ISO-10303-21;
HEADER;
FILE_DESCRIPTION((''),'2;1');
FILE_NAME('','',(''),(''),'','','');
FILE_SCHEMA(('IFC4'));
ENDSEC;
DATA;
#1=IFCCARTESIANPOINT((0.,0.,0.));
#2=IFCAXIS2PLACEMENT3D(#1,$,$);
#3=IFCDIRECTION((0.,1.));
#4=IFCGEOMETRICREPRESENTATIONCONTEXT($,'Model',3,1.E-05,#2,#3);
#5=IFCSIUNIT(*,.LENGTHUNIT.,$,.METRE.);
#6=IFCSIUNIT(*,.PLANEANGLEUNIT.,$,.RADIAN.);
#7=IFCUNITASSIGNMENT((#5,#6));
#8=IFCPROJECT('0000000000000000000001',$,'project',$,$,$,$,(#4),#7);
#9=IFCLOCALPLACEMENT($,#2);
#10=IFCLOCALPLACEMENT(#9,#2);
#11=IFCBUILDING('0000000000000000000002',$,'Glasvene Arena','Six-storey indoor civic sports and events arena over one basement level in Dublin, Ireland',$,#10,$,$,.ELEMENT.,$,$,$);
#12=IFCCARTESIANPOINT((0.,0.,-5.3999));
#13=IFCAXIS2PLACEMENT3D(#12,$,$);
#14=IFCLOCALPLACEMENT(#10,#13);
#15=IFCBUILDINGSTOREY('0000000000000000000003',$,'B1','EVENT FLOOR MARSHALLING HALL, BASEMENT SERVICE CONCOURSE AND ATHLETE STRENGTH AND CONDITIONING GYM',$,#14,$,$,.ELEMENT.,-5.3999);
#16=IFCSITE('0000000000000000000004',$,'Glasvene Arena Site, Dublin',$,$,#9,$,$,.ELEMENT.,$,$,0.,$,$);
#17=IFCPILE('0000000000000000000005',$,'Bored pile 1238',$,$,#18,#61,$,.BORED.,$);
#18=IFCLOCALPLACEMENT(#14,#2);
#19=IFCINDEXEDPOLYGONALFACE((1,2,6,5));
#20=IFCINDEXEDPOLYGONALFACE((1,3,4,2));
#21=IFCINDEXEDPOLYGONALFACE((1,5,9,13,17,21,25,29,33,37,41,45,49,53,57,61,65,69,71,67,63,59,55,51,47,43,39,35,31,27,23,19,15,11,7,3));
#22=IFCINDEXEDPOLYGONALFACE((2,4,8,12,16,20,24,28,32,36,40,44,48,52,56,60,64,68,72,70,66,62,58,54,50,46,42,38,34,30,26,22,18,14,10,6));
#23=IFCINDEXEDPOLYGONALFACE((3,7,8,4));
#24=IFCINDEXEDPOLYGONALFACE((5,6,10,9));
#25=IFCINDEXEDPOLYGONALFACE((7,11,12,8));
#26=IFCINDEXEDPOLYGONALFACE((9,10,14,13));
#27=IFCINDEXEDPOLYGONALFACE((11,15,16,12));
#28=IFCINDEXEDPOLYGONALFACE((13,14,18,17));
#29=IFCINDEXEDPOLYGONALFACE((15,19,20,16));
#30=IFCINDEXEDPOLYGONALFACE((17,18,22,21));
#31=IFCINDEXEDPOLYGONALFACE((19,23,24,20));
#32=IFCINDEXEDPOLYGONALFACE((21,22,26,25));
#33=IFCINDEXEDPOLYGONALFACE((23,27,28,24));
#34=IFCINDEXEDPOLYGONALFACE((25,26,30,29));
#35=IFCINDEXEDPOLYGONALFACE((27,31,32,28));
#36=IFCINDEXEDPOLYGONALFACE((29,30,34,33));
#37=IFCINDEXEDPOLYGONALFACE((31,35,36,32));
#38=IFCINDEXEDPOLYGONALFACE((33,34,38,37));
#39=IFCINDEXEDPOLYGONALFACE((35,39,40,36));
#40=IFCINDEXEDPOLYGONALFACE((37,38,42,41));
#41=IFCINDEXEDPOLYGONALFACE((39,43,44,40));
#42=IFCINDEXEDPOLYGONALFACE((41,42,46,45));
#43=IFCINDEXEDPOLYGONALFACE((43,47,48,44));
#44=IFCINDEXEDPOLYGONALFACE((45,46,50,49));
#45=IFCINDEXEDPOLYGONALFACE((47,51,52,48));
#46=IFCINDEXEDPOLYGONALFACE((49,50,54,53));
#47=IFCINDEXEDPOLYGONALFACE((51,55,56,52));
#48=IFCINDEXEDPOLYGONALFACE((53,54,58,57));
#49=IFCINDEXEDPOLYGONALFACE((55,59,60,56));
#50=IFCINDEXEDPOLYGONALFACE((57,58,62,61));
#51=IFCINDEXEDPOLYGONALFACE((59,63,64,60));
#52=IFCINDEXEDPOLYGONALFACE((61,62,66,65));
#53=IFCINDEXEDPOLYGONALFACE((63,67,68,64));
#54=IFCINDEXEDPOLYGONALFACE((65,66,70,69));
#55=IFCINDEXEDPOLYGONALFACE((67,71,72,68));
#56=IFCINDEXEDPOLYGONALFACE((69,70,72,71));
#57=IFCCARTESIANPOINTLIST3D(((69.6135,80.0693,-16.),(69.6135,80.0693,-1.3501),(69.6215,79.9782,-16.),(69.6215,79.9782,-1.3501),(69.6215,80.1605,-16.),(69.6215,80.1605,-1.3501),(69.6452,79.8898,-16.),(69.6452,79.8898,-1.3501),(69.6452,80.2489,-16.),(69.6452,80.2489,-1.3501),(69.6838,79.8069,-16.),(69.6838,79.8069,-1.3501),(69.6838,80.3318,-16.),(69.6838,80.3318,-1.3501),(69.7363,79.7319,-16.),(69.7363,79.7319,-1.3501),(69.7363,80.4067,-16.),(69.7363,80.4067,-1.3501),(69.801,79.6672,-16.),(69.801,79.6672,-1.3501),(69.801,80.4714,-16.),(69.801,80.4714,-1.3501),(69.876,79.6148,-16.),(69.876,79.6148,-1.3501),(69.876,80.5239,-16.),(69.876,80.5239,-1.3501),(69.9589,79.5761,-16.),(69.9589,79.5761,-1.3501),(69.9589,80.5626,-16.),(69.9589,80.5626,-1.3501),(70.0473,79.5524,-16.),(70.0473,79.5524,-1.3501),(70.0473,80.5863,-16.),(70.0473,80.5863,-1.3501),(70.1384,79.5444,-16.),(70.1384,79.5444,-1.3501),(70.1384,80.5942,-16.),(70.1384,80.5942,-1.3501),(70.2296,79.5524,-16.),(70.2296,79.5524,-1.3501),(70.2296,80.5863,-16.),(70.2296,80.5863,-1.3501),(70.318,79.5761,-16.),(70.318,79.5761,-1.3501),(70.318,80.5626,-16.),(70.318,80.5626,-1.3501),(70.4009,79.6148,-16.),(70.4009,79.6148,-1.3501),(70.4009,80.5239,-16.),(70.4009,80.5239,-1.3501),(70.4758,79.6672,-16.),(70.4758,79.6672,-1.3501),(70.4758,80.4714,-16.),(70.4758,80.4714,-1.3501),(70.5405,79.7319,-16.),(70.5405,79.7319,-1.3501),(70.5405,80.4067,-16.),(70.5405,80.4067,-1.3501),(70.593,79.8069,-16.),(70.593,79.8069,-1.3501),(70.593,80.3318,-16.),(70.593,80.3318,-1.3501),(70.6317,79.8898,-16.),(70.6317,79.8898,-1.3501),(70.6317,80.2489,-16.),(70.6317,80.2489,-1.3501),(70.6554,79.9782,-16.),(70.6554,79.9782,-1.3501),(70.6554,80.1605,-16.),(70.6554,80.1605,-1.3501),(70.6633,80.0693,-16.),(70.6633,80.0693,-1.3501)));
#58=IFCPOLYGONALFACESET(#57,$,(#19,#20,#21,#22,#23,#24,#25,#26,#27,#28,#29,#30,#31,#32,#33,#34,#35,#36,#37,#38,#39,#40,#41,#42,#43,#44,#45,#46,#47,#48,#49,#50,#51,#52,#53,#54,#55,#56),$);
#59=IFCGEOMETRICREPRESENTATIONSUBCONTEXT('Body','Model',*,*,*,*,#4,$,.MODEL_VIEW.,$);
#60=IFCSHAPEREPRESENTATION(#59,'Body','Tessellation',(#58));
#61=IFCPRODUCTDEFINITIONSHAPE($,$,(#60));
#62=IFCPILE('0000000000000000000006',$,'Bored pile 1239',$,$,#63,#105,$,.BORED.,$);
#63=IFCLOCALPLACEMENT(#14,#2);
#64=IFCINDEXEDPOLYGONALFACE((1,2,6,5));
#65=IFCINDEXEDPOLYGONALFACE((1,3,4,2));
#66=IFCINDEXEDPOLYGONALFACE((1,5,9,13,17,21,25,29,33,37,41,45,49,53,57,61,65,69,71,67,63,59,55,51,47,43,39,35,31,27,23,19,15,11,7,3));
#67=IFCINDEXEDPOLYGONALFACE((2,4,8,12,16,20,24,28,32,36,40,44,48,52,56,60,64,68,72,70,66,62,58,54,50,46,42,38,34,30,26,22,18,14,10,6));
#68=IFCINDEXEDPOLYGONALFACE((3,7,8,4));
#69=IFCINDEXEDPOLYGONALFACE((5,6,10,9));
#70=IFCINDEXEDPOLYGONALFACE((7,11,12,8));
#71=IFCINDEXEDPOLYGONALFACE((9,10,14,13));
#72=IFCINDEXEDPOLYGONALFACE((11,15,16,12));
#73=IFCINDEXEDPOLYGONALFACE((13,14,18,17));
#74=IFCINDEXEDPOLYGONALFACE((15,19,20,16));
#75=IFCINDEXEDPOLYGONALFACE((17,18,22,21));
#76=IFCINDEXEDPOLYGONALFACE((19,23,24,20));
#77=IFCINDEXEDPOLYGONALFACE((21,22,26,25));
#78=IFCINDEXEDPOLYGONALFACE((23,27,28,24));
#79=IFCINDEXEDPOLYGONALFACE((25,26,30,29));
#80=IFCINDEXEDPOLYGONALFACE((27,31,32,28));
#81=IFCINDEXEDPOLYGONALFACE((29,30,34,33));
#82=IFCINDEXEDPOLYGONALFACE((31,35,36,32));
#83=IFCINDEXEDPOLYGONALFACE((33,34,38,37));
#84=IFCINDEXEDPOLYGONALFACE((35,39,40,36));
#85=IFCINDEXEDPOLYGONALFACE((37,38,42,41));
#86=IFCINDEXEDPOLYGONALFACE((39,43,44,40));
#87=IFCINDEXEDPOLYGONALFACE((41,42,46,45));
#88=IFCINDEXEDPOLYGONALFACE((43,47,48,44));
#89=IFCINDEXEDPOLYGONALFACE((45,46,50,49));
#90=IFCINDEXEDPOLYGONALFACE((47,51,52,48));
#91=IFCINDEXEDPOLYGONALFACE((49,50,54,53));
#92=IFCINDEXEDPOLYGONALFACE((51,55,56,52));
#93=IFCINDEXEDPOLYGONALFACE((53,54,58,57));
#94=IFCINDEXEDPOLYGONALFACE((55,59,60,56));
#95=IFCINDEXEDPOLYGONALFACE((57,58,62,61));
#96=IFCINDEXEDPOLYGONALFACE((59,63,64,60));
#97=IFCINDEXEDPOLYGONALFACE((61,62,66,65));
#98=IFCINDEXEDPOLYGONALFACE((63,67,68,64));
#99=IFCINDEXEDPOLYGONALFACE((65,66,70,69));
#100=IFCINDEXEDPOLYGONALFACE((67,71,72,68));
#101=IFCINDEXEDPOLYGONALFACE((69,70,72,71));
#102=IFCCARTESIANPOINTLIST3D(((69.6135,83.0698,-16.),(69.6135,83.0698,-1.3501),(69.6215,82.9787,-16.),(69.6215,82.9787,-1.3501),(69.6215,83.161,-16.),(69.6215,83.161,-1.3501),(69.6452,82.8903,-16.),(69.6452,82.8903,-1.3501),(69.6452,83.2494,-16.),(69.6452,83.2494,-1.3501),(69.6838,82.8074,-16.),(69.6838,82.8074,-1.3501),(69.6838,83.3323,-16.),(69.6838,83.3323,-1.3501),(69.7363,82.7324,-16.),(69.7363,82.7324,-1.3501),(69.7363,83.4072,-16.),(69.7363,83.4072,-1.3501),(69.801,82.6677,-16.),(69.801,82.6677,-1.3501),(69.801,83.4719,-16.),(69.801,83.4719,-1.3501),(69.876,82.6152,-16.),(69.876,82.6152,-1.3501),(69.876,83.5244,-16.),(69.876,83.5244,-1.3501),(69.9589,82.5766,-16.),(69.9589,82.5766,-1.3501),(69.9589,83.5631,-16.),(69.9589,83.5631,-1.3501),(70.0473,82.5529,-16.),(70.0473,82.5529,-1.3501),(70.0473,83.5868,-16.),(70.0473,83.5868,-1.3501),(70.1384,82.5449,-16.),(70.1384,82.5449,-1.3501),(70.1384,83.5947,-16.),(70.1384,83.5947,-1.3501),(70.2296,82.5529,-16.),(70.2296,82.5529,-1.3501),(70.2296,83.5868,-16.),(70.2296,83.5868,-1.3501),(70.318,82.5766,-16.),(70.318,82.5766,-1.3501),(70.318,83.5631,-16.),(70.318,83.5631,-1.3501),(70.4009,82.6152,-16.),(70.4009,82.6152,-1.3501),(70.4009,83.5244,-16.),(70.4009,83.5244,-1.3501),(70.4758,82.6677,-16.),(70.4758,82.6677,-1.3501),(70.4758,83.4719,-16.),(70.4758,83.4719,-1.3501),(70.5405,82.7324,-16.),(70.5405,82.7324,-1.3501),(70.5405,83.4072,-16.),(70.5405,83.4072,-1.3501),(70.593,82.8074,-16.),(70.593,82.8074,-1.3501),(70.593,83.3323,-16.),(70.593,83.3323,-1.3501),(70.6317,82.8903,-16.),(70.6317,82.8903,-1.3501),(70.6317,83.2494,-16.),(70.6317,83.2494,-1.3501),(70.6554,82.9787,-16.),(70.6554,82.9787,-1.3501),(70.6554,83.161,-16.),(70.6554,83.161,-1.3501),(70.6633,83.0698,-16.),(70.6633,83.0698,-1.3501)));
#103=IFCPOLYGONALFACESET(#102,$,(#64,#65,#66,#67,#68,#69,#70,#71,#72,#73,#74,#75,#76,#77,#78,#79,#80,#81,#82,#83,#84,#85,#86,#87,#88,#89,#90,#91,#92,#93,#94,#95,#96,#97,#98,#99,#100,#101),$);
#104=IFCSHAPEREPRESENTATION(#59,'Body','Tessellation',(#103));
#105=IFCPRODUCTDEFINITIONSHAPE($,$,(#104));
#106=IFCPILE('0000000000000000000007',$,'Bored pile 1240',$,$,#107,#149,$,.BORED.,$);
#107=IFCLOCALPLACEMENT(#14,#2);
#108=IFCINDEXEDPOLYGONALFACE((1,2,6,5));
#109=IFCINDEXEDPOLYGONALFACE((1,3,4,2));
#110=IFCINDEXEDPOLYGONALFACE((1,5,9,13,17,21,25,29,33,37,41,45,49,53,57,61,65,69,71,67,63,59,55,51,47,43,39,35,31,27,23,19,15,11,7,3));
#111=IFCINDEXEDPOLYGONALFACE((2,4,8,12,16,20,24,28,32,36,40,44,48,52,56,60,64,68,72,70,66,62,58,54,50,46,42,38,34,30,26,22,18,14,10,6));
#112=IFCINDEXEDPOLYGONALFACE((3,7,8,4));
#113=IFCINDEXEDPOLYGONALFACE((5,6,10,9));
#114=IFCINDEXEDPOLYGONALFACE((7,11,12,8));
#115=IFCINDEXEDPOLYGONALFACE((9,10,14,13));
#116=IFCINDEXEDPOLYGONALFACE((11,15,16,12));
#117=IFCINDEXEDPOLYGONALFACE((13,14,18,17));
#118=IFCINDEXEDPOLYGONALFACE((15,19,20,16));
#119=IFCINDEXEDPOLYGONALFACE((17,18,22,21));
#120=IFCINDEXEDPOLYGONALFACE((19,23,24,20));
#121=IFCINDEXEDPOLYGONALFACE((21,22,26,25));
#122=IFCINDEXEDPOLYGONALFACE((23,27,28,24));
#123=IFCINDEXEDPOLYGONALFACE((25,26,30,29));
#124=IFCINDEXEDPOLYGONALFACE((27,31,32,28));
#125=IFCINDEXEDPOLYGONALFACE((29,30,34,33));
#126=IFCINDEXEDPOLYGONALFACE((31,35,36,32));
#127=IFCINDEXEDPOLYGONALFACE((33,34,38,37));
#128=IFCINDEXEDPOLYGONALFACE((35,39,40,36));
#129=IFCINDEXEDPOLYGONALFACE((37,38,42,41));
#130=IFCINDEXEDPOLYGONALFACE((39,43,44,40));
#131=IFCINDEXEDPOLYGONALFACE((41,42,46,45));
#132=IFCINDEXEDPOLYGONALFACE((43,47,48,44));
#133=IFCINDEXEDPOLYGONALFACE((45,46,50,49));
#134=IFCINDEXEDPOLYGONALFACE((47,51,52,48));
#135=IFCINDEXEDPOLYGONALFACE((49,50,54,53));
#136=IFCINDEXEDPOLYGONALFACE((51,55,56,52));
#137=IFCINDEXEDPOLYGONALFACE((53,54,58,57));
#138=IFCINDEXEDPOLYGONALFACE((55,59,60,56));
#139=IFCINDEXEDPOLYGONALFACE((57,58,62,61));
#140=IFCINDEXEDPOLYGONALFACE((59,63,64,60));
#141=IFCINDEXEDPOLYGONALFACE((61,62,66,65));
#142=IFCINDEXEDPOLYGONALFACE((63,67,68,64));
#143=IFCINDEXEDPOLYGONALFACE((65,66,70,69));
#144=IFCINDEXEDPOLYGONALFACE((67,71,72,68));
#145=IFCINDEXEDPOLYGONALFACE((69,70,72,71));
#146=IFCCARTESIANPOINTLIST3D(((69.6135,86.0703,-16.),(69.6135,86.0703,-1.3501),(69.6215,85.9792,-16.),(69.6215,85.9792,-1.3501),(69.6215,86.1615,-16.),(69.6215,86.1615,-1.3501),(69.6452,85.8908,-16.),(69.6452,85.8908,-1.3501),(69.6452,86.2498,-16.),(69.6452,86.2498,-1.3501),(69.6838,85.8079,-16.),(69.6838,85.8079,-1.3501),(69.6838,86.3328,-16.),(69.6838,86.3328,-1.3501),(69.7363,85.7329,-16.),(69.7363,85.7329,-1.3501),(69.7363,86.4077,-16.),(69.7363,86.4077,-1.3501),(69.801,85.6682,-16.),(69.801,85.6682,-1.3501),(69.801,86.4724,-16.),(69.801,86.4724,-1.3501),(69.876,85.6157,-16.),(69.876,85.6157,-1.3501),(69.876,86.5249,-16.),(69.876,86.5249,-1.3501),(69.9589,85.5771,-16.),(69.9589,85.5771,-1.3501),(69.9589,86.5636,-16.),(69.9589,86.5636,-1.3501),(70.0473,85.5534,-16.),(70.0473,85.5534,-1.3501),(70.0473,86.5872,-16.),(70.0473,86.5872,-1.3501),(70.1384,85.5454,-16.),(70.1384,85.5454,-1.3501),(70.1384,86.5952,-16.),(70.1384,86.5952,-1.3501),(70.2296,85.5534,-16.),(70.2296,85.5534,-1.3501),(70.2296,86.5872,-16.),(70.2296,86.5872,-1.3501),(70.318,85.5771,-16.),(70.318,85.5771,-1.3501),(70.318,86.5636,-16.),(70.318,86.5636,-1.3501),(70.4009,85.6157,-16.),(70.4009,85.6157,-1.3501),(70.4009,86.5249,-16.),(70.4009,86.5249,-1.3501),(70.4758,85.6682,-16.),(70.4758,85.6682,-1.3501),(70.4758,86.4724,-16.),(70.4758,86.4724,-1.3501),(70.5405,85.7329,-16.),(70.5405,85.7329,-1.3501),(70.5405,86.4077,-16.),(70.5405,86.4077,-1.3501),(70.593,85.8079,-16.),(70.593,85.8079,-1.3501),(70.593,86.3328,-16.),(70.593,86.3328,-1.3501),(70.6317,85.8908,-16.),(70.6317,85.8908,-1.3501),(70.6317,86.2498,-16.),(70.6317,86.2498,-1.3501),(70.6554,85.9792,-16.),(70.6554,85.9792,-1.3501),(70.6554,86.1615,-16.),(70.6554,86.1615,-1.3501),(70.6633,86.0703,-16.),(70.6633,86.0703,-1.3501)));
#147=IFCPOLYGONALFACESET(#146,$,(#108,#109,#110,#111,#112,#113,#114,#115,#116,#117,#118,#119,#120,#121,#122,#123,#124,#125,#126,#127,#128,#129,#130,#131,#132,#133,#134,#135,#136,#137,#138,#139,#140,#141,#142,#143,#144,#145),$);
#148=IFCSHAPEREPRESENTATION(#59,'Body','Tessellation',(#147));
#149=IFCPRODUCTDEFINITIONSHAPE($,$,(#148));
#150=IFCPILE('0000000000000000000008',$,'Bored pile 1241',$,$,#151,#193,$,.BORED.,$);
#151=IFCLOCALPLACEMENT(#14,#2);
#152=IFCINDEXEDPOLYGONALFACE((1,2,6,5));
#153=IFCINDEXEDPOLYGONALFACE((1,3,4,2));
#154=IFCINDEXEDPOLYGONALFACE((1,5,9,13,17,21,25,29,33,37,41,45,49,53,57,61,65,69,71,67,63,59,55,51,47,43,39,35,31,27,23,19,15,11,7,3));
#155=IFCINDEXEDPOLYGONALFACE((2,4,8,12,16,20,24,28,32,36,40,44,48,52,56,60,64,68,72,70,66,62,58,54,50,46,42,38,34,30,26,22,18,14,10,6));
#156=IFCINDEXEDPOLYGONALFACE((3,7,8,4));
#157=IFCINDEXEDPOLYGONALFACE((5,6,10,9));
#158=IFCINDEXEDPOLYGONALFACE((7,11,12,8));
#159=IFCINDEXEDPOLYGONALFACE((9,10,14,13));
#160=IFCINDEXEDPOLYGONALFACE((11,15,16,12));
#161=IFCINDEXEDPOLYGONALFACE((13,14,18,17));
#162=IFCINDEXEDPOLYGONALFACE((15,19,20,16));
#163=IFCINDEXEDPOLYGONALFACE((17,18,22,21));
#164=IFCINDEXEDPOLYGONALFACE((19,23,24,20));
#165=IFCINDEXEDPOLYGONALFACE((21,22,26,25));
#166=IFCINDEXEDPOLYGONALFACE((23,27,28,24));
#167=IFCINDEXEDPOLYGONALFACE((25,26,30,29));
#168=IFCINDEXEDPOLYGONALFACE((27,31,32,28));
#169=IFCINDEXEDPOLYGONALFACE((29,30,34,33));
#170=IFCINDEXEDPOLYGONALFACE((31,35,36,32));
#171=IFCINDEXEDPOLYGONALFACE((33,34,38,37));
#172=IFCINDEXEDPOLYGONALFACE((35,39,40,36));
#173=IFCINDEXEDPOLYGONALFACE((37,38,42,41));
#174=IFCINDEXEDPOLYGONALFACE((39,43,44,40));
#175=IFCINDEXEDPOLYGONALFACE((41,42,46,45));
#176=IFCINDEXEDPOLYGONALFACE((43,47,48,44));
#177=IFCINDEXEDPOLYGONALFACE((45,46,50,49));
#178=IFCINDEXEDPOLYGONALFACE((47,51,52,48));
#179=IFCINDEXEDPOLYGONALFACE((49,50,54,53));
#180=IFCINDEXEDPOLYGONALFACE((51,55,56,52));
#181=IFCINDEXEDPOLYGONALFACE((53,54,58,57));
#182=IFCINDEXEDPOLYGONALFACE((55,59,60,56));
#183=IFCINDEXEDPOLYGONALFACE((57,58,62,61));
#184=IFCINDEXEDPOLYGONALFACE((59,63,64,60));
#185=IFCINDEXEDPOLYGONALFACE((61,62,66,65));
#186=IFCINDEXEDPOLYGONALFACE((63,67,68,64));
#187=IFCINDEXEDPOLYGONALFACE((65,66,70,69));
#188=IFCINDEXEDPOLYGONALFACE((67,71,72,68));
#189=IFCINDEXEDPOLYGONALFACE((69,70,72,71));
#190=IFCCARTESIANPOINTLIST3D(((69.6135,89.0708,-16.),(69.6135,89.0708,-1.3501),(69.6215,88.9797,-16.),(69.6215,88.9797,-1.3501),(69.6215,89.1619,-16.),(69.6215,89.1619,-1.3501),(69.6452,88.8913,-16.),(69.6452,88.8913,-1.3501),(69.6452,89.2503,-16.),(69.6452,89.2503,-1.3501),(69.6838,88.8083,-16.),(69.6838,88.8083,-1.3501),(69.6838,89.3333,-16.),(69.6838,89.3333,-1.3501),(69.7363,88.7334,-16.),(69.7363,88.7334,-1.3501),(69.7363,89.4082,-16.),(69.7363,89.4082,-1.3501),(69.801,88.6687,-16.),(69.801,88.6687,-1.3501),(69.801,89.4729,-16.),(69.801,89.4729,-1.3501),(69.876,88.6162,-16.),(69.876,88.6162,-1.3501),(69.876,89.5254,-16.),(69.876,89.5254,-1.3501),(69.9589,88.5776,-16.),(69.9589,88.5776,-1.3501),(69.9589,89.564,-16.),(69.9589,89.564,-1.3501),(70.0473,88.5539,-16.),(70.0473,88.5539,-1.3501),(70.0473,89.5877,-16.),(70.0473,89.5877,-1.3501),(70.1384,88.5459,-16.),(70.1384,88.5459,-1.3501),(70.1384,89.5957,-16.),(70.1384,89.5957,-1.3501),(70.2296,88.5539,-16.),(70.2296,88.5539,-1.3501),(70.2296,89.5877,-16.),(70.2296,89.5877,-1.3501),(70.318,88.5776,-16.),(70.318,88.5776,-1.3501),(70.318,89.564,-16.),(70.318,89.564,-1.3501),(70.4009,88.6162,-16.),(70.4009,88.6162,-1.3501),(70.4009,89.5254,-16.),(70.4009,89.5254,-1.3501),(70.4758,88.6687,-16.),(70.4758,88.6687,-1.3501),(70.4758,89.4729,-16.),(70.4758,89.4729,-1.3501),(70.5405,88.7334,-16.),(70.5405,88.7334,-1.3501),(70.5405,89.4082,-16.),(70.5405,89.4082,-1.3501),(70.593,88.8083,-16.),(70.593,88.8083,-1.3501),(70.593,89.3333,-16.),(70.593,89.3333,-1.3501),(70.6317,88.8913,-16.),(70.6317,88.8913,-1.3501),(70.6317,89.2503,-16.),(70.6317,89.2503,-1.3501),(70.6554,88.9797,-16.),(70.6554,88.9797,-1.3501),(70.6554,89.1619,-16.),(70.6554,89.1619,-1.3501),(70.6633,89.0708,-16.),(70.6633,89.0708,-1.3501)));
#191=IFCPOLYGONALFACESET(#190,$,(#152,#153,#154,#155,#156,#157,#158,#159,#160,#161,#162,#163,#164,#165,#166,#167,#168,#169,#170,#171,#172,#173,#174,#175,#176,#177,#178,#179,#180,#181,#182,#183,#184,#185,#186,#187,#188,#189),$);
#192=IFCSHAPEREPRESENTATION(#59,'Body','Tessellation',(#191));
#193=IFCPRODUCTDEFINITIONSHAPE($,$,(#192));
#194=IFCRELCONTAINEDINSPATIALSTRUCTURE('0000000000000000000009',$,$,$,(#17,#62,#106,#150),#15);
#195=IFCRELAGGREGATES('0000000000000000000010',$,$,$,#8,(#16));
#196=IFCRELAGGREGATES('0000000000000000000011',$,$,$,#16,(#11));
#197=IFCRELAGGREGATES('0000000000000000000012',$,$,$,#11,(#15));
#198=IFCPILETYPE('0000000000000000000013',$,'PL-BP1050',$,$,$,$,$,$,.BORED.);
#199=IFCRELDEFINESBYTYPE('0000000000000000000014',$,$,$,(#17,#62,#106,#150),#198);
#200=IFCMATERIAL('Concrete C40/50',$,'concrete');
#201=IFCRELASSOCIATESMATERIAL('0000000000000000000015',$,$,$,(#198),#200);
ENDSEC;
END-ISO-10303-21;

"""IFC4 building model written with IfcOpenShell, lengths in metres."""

from ifc_helpers import new_model, si_unit, direction, frame, origin, origin_2d, place, context, subcontext, project, spatial, circle, extrude, material, material_profile, profile_set, type_object, element, save


model = new_model("IFC4")

# Units and contexts
model_context = context("Model", 3, precision=1e-05, world=origin(), true_north=direction((0.0, 1.0)))
body_context = subcontext(model_context, "Body", "Model", "MODEL_VIEW")
ifc_project = project(units=[si_unit("LENGTHUNIT", "METRE"), si_unit("PLANEANGLEUNIT", "RADIAN")], contexts=[model_context])

# Site, building, storey
site_placement = place(None, origin())
site = spatial("IfcSite", under=ifc_project, at=site_placement, Name="Glasvene Arena Site, Dublin", CompositionType="ELEMENT", RefElevation=0.0)
building_placement = place(site_placement, origin())
building = spatial("IfcBuilding", under=site, at=building_placement, Name="Glasvene Arena", Description="Six-storey indoor civic sports and events arena over one basement level in Dublin, Ireland", CompositionType="ELEMENT")
storey_placement = place(building_placement, frame((0.0, 0.0, -5.3999)))
storey = spatial("IfcBuildingStorey", under=building, at=storey_placement, Name="B1", Description="EVENT FLOOR MARSHALLING HALL, BASEMENT SERVICE CONCOURSE AND ATHLETE STRENGTH AND CONDITIONING GYM", CompositionType="ELEMENT", Elevation=-5.3999)

# Piles
ifc_material_1 = material(Name="Concrete C40/50", Category="concrete")
ifc_material_profile_1 = material_profile(ifc_material_1, circle(Radius=0.5249, at=origin_2d()), Name="BORED PILE 1050")
ifc_profile_set_1 = profile_set([ifc_material_profile_1], Name="Concrete C40/50")
pile_type = type_object("IfcPileType", Name="PL-BP1050", PredefinedType="BORED", material=ifc_profile_set_1)
for number, where, z_axis, x_axis, name in (
    (1, (70.1384, 80.0693, -1.3501), (0.0, 0.0, -1.0), (1.0, 0.0, 0.0), "Bored pile 1238"),
    (2, (70.1384, 83.0698, -1.3501), (0.0, 0.0, -1.0), (1.0, 0.0, 0.0), "Bored pile 1239"),
    (3, (70.1384, 86.0703, -1.3501), (0.0, 0.0, -1.0), (1.0, 0.0, 0.0), "Bored pile 1240"),
    (4, (70.1384, 89.0708, -1.3501), (0.0, 0.0, -1.0), (1.0, 0.0, 0.0), "Bored pile 1241"),
):
    element("IfcPile", number, at=place(storey_placement, frame(where, z_axis=z_axis, x_axis=x_axis)), inside=storey, type_object=pile_type, Name=name, PredefinedType="BORED", context=body_context, shape_type="SweptSolid", body=[
        extrude(circle(Radius=0.5249, at=origin_2d()), origin(), (0.0, 0.0, 1.0), 14.6499),
    ])

save(model, "model.ifc")
